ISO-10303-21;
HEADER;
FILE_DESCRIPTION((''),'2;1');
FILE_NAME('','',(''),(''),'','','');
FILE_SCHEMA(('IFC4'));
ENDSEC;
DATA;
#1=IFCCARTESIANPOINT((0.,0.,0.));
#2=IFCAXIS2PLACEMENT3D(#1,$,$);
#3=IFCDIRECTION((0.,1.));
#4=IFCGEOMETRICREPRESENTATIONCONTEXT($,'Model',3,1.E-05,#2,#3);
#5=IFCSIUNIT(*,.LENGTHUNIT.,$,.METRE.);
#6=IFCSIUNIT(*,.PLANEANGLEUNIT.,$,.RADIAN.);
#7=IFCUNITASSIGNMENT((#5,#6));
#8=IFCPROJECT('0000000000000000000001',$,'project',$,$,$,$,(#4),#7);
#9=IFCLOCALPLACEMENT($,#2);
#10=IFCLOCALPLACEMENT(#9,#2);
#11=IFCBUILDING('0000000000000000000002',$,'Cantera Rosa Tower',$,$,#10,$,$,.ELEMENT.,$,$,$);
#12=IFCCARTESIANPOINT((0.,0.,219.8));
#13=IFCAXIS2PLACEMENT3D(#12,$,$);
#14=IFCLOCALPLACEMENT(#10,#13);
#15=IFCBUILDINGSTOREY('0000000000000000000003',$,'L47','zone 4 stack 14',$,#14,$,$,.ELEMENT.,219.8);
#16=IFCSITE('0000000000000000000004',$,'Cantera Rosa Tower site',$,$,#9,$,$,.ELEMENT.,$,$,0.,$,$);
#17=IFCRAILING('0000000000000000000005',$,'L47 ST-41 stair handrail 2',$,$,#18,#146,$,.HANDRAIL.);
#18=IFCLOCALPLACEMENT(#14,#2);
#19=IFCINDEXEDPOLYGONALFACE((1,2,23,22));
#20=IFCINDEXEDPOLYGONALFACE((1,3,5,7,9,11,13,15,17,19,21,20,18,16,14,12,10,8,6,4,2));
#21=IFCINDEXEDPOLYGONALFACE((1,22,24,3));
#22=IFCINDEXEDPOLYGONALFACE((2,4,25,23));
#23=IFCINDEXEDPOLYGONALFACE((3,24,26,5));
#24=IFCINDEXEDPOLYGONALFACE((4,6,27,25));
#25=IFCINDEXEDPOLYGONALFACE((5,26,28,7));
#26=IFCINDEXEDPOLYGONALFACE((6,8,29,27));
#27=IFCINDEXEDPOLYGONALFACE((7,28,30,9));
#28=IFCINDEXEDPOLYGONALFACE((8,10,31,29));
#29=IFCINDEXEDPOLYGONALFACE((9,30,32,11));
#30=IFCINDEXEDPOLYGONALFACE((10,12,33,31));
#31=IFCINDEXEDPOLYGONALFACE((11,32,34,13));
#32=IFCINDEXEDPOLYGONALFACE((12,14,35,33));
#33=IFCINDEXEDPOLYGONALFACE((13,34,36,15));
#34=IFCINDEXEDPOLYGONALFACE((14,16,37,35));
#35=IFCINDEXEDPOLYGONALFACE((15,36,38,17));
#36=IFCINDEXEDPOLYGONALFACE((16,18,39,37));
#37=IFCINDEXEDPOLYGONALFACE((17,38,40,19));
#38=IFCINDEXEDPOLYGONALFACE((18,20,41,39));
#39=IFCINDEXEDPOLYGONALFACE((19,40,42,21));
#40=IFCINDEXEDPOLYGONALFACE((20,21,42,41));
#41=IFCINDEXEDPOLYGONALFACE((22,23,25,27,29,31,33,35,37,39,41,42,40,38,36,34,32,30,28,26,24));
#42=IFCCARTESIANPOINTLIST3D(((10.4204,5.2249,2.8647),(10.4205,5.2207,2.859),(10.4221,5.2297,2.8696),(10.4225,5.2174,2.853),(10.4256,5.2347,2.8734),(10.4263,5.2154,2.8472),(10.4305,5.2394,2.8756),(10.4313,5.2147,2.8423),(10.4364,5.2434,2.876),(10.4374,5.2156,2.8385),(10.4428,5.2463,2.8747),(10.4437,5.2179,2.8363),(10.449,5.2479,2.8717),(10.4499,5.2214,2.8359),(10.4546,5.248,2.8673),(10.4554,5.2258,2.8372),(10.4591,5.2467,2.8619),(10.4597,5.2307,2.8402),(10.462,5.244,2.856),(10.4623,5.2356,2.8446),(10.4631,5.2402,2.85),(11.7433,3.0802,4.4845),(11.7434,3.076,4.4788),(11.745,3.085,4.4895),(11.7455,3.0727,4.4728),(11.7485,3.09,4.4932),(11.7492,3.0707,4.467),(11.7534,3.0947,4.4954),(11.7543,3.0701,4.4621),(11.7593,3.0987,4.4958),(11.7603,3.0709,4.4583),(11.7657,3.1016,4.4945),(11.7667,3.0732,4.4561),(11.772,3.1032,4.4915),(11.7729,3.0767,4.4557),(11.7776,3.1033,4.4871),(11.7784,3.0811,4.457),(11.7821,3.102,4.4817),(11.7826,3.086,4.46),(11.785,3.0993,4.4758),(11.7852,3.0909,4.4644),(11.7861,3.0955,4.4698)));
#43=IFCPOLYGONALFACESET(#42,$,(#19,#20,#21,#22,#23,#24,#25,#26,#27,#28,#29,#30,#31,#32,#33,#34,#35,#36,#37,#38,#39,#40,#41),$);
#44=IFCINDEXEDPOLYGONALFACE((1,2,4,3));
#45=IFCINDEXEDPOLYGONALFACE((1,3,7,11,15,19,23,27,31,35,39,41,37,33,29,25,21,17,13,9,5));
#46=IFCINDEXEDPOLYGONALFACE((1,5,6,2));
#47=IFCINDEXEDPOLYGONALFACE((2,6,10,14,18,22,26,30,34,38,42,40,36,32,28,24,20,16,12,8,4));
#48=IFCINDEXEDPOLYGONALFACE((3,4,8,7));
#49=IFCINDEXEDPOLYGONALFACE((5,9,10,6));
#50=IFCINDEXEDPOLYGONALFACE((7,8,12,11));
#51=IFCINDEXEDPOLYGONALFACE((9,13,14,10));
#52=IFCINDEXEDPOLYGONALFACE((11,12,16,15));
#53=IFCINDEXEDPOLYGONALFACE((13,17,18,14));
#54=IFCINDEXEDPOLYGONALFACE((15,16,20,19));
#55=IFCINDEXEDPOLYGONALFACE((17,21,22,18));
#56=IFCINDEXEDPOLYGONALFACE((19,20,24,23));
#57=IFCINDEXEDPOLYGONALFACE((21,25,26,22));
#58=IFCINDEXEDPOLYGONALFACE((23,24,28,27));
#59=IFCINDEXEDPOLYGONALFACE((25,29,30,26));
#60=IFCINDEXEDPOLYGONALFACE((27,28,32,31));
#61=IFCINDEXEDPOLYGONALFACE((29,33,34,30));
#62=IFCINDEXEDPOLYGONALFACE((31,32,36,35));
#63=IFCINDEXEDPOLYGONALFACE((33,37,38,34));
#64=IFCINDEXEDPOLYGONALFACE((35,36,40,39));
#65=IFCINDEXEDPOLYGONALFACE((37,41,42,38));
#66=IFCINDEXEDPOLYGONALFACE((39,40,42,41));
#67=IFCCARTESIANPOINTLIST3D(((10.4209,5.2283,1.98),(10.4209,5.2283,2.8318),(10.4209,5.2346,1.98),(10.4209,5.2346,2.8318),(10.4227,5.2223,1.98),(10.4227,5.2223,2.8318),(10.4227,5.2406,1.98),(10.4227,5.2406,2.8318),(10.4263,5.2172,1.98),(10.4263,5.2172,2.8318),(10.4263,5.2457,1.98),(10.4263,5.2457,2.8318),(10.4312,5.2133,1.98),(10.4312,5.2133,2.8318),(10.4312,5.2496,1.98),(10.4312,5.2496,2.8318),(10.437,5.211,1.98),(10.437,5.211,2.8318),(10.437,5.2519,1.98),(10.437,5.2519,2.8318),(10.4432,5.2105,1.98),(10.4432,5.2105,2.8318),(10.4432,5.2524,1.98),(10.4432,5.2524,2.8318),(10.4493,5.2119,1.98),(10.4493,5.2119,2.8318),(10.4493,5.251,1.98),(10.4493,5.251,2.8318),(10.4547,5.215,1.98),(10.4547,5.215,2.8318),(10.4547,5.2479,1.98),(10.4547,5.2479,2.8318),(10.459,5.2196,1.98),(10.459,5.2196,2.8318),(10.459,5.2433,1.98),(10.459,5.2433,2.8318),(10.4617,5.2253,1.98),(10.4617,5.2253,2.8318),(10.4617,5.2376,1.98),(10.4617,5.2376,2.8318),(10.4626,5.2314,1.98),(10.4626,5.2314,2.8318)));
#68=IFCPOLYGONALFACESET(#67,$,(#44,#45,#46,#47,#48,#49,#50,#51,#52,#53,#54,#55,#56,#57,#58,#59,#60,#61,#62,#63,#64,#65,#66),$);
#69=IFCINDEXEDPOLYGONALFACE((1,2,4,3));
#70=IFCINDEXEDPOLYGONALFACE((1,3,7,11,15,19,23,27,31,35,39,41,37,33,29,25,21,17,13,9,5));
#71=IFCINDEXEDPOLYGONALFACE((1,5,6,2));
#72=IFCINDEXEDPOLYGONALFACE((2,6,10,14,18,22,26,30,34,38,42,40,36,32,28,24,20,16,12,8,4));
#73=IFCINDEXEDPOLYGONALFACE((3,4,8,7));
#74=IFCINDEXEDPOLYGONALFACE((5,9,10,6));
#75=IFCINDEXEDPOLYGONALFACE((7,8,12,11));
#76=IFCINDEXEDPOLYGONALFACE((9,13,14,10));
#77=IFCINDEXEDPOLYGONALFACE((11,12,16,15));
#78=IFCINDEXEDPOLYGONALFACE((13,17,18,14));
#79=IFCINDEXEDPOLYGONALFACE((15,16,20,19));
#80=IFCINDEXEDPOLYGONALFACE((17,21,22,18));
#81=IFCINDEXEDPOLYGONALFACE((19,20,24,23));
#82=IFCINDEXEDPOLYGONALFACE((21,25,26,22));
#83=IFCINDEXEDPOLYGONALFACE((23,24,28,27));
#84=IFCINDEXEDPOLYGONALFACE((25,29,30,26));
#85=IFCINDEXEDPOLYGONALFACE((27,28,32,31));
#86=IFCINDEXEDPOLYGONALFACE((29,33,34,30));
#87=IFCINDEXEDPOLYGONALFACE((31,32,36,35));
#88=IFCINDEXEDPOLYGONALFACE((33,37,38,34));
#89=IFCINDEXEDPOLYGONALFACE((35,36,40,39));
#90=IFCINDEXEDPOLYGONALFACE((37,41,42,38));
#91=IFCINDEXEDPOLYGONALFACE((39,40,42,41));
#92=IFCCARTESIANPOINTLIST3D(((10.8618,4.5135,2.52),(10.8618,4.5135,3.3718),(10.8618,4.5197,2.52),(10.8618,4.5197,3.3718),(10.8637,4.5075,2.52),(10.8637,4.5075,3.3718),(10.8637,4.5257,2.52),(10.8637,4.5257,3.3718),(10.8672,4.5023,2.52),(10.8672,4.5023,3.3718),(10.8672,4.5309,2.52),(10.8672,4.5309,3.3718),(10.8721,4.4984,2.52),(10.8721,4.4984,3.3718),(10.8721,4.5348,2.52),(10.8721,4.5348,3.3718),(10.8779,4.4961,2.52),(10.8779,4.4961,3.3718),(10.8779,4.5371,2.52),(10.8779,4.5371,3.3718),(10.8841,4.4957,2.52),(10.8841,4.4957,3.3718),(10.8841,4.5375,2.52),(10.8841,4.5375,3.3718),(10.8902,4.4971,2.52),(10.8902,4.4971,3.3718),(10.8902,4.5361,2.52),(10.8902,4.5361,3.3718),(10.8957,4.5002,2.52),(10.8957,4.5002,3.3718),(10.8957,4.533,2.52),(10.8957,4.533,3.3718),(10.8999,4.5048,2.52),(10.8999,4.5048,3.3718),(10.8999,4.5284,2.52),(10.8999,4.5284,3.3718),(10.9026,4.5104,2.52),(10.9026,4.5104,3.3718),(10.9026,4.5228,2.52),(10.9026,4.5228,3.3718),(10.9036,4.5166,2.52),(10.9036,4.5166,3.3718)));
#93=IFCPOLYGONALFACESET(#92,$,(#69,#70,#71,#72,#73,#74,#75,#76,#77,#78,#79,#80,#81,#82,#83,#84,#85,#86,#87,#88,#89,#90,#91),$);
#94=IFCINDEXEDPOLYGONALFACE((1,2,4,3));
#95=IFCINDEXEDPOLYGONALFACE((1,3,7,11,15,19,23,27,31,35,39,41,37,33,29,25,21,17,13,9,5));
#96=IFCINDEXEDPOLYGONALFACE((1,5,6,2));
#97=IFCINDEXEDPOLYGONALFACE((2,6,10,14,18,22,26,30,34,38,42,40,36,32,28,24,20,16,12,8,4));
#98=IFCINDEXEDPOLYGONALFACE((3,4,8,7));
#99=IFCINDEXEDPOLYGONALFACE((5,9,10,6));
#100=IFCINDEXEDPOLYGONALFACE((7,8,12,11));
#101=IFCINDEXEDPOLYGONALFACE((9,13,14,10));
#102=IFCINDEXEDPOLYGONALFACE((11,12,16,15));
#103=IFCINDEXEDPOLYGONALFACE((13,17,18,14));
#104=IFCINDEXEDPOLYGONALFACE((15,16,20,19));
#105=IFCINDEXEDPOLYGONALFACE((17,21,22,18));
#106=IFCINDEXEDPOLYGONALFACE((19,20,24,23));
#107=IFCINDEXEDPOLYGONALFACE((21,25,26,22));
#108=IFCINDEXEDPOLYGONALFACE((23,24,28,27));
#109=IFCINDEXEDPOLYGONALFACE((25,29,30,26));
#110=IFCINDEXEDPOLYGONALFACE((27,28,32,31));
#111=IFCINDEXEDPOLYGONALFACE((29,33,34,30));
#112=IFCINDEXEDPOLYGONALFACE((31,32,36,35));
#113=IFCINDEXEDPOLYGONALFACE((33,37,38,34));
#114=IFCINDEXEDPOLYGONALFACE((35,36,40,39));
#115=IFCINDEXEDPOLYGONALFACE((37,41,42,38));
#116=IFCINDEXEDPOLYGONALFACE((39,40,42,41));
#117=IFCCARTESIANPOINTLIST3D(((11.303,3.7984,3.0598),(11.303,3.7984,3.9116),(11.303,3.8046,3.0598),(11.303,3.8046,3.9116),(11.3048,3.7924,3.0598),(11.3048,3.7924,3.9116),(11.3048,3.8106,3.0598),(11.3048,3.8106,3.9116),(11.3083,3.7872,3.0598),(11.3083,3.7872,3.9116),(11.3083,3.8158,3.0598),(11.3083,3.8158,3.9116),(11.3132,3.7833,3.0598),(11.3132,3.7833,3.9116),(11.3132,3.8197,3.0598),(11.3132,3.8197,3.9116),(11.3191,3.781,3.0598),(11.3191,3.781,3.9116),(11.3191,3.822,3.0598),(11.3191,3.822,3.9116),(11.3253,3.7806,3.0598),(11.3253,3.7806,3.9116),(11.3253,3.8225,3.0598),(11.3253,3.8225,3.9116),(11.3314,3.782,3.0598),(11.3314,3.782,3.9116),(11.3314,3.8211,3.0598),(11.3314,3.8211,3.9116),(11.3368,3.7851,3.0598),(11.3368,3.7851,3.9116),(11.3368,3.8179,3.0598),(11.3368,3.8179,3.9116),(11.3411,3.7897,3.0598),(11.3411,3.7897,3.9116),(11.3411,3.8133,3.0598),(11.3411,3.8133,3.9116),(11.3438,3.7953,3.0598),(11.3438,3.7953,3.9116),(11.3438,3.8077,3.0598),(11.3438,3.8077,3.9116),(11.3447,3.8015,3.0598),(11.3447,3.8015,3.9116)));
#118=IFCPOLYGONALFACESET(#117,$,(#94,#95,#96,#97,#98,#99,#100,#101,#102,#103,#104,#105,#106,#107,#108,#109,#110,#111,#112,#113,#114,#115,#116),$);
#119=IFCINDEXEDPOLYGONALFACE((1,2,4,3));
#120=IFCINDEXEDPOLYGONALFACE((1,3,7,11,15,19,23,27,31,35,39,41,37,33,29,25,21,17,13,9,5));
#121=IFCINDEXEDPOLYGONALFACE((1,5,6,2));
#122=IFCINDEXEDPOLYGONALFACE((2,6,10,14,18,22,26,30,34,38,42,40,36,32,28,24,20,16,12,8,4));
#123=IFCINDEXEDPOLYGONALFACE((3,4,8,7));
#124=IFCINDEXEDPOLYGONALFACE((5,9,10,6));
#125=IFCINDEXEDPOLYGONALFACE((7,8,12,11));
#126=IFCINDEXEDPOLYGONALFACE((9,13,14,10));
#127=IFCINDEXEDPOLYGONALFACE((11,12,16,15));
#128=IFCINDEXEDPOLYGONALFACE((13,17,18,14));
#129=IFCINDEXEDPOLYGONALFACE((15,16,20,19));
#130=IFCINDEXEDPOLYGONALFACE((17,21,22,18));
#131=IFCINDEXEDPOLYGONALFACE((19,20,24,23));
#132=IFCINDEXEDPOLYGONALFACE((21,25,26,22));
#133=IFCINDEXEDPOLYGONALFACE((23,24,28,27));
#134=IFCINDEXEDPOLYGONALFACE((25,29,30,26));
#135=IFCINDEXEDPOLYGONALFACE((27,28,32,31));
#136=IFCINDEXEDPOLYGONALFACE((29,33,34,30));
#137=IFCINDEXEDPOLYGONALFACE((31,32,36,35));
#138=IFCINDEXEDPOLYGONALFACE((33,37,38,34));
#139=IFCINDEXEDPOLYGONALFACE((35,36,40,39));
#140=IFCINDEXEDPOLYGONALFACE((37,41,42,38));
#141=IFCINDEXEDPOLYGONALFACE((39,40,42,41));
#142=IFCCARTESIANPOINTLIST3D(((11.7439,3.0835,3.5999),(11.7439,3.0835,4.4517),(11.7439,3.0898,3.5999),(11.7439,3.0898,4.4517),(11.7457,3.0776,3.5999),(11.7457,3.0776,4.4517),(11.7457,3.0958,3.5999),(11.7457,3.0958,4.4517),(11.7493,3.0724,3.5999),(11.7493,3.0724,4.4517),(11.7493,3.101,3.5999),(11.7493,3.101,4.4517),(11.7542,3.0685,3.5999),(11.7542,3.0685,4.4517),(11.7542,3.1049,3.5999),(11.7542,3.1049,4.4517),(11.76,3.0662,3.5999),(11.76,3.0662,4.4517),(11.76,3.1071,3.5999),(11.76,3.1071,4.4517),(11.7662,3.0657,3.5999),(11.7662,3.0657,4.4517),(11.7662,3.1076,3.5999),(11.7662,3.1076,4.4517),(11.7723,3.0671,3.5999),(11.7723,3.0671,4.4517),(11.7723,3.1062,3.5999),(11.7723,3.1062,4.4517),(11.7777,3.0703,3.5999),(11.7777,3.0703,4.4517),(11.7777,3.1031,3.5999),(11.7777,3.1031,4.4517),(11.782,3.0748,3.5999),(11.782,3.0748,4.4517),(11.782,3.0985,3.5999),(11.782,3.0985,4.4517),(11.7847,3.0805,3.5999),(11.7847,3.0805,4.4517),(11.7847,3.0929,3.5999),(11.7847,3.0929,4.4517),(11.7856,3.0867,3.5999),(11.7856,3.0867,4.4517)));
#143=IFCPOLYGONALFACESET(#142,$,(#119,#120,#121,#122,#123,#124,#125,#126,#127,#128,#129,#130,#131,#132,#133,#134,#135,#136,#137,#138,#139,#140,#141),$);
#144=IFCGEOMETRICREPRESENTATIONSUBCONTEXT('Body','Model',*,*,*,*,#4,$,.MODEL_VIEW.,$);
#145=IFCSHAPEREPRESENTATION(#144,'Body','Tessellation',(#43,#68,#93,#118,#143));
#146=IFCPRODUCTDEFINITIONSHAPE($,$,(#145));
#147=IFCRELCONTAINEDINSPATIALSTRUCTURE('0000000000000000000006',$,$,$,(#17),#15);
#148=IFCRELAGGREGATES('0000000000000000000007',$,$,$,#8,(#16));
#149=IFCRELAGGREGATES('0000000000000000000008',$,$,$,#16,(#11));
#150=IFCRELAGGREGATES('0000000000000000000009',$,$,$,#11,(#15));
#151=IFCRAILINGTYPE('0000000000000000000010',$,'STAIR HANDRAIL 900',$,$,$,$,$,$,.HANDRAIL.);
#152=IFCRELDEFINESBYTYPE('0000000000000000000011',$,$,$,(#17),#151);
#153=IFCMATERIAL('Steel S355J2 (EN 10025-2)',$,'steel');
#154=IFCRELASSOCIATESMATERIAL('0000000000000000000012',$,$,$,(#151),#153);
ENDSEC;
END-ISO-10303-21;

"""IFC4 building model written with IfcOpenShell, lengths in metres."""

from ifc_helpers import new_model, si_unit, direction, frame, origin, origin_2d, place, context, subcontext, project, spatial, circle, extrude, material, type_object, element, save


model = new_model("IFC4")

# Units and contexts
model_context = context("Model", 3, precision=1e-05, world=origin(), true_north=direction((0.0, 1.0)))
body_context = subcontext(model_context, "Body", "Model", "MODEL_VIEW")
ifc_project = project(units=[si_unit("LENGTHUNIT", "METRE"), si_unit("PLANEANGLEUNIT", "RADIAN")], contexts=[model_context])

# Site, building, storey
site_placement = place(None, origin())
site = spatial("IfcSite", under=ifc_project, at=site_placement, Name="Cantera Rosa Tower site", CompositionType="ELEMENT", RefElevation=0.0)
building_placement = place(site_placement, origin())
building = spatial("IfcBuilding", under=site, at=building_placement, Name="Cantera Rosa Tower", CompositionType="ELEMENT")
storey_placement = place(building_placement, frame((0.0, 0.0, 219.8)))
storey = spatial("IfcBuildingStorey", under=building, at=storey_placement, Name="L47", Description="zone 4 stack 14", CompositionType="ELEMENT", Elevation=219.8)

# Railing
ifc_material_1 = material(Name="Steel S355J2 (EN 10025-2)", Category="steel")
railing_type_1 = type_object("IfcRailingType", Name="STAIR HANDRAIL 900", PredefinedType="HANDRAIL", material=ifc_material_1)
railing_1_placement = place(storey_placement, frame((10.4417, 5.2314, 1.98)))
element("IfcRailing", 1, at=railing_1_placement, inside=storey, type_object=railing_type_1, Name="L47 ST-41 stair handrail 2", PredefinedType="HANDRAIL", context=body_context, shape_type="SweptSolid", body=[
    extrude(circle(Radius=0.0239, at=origin_2d()), frame((0.0, 0.0, 0.876), z_axis=(0.441629, -0.715945, 0.540728), x_axis=(0.851102, 0.525, 0.0)), (0.0, 0.0, 1.0), 2.9956),
    extrude(circle(Radius=0.021, at=origin_2d()), origin(), (0.0, 0.0, 1.0), 0.8518),
    extrude(circle(Radius=0.021, at=origin_2d()), frame((0.4409, -0.7148, 0.54)), (0.0, 0.0, 1.0), 0.8518),
    extrude(circle(Radius=0.021, at=origin_2d()), frame((0.8821, -1.4299, 1.0798)), (0.0, 0.0, 1.0), 0.8518),
    extrude(circle(Radius=0.021, at=origin_2d()), frame((1.323, -2.1448, 1.6199)), (0.0, 0.0, 1.0), 0.8518),
])

save(model, "model.ifc")
